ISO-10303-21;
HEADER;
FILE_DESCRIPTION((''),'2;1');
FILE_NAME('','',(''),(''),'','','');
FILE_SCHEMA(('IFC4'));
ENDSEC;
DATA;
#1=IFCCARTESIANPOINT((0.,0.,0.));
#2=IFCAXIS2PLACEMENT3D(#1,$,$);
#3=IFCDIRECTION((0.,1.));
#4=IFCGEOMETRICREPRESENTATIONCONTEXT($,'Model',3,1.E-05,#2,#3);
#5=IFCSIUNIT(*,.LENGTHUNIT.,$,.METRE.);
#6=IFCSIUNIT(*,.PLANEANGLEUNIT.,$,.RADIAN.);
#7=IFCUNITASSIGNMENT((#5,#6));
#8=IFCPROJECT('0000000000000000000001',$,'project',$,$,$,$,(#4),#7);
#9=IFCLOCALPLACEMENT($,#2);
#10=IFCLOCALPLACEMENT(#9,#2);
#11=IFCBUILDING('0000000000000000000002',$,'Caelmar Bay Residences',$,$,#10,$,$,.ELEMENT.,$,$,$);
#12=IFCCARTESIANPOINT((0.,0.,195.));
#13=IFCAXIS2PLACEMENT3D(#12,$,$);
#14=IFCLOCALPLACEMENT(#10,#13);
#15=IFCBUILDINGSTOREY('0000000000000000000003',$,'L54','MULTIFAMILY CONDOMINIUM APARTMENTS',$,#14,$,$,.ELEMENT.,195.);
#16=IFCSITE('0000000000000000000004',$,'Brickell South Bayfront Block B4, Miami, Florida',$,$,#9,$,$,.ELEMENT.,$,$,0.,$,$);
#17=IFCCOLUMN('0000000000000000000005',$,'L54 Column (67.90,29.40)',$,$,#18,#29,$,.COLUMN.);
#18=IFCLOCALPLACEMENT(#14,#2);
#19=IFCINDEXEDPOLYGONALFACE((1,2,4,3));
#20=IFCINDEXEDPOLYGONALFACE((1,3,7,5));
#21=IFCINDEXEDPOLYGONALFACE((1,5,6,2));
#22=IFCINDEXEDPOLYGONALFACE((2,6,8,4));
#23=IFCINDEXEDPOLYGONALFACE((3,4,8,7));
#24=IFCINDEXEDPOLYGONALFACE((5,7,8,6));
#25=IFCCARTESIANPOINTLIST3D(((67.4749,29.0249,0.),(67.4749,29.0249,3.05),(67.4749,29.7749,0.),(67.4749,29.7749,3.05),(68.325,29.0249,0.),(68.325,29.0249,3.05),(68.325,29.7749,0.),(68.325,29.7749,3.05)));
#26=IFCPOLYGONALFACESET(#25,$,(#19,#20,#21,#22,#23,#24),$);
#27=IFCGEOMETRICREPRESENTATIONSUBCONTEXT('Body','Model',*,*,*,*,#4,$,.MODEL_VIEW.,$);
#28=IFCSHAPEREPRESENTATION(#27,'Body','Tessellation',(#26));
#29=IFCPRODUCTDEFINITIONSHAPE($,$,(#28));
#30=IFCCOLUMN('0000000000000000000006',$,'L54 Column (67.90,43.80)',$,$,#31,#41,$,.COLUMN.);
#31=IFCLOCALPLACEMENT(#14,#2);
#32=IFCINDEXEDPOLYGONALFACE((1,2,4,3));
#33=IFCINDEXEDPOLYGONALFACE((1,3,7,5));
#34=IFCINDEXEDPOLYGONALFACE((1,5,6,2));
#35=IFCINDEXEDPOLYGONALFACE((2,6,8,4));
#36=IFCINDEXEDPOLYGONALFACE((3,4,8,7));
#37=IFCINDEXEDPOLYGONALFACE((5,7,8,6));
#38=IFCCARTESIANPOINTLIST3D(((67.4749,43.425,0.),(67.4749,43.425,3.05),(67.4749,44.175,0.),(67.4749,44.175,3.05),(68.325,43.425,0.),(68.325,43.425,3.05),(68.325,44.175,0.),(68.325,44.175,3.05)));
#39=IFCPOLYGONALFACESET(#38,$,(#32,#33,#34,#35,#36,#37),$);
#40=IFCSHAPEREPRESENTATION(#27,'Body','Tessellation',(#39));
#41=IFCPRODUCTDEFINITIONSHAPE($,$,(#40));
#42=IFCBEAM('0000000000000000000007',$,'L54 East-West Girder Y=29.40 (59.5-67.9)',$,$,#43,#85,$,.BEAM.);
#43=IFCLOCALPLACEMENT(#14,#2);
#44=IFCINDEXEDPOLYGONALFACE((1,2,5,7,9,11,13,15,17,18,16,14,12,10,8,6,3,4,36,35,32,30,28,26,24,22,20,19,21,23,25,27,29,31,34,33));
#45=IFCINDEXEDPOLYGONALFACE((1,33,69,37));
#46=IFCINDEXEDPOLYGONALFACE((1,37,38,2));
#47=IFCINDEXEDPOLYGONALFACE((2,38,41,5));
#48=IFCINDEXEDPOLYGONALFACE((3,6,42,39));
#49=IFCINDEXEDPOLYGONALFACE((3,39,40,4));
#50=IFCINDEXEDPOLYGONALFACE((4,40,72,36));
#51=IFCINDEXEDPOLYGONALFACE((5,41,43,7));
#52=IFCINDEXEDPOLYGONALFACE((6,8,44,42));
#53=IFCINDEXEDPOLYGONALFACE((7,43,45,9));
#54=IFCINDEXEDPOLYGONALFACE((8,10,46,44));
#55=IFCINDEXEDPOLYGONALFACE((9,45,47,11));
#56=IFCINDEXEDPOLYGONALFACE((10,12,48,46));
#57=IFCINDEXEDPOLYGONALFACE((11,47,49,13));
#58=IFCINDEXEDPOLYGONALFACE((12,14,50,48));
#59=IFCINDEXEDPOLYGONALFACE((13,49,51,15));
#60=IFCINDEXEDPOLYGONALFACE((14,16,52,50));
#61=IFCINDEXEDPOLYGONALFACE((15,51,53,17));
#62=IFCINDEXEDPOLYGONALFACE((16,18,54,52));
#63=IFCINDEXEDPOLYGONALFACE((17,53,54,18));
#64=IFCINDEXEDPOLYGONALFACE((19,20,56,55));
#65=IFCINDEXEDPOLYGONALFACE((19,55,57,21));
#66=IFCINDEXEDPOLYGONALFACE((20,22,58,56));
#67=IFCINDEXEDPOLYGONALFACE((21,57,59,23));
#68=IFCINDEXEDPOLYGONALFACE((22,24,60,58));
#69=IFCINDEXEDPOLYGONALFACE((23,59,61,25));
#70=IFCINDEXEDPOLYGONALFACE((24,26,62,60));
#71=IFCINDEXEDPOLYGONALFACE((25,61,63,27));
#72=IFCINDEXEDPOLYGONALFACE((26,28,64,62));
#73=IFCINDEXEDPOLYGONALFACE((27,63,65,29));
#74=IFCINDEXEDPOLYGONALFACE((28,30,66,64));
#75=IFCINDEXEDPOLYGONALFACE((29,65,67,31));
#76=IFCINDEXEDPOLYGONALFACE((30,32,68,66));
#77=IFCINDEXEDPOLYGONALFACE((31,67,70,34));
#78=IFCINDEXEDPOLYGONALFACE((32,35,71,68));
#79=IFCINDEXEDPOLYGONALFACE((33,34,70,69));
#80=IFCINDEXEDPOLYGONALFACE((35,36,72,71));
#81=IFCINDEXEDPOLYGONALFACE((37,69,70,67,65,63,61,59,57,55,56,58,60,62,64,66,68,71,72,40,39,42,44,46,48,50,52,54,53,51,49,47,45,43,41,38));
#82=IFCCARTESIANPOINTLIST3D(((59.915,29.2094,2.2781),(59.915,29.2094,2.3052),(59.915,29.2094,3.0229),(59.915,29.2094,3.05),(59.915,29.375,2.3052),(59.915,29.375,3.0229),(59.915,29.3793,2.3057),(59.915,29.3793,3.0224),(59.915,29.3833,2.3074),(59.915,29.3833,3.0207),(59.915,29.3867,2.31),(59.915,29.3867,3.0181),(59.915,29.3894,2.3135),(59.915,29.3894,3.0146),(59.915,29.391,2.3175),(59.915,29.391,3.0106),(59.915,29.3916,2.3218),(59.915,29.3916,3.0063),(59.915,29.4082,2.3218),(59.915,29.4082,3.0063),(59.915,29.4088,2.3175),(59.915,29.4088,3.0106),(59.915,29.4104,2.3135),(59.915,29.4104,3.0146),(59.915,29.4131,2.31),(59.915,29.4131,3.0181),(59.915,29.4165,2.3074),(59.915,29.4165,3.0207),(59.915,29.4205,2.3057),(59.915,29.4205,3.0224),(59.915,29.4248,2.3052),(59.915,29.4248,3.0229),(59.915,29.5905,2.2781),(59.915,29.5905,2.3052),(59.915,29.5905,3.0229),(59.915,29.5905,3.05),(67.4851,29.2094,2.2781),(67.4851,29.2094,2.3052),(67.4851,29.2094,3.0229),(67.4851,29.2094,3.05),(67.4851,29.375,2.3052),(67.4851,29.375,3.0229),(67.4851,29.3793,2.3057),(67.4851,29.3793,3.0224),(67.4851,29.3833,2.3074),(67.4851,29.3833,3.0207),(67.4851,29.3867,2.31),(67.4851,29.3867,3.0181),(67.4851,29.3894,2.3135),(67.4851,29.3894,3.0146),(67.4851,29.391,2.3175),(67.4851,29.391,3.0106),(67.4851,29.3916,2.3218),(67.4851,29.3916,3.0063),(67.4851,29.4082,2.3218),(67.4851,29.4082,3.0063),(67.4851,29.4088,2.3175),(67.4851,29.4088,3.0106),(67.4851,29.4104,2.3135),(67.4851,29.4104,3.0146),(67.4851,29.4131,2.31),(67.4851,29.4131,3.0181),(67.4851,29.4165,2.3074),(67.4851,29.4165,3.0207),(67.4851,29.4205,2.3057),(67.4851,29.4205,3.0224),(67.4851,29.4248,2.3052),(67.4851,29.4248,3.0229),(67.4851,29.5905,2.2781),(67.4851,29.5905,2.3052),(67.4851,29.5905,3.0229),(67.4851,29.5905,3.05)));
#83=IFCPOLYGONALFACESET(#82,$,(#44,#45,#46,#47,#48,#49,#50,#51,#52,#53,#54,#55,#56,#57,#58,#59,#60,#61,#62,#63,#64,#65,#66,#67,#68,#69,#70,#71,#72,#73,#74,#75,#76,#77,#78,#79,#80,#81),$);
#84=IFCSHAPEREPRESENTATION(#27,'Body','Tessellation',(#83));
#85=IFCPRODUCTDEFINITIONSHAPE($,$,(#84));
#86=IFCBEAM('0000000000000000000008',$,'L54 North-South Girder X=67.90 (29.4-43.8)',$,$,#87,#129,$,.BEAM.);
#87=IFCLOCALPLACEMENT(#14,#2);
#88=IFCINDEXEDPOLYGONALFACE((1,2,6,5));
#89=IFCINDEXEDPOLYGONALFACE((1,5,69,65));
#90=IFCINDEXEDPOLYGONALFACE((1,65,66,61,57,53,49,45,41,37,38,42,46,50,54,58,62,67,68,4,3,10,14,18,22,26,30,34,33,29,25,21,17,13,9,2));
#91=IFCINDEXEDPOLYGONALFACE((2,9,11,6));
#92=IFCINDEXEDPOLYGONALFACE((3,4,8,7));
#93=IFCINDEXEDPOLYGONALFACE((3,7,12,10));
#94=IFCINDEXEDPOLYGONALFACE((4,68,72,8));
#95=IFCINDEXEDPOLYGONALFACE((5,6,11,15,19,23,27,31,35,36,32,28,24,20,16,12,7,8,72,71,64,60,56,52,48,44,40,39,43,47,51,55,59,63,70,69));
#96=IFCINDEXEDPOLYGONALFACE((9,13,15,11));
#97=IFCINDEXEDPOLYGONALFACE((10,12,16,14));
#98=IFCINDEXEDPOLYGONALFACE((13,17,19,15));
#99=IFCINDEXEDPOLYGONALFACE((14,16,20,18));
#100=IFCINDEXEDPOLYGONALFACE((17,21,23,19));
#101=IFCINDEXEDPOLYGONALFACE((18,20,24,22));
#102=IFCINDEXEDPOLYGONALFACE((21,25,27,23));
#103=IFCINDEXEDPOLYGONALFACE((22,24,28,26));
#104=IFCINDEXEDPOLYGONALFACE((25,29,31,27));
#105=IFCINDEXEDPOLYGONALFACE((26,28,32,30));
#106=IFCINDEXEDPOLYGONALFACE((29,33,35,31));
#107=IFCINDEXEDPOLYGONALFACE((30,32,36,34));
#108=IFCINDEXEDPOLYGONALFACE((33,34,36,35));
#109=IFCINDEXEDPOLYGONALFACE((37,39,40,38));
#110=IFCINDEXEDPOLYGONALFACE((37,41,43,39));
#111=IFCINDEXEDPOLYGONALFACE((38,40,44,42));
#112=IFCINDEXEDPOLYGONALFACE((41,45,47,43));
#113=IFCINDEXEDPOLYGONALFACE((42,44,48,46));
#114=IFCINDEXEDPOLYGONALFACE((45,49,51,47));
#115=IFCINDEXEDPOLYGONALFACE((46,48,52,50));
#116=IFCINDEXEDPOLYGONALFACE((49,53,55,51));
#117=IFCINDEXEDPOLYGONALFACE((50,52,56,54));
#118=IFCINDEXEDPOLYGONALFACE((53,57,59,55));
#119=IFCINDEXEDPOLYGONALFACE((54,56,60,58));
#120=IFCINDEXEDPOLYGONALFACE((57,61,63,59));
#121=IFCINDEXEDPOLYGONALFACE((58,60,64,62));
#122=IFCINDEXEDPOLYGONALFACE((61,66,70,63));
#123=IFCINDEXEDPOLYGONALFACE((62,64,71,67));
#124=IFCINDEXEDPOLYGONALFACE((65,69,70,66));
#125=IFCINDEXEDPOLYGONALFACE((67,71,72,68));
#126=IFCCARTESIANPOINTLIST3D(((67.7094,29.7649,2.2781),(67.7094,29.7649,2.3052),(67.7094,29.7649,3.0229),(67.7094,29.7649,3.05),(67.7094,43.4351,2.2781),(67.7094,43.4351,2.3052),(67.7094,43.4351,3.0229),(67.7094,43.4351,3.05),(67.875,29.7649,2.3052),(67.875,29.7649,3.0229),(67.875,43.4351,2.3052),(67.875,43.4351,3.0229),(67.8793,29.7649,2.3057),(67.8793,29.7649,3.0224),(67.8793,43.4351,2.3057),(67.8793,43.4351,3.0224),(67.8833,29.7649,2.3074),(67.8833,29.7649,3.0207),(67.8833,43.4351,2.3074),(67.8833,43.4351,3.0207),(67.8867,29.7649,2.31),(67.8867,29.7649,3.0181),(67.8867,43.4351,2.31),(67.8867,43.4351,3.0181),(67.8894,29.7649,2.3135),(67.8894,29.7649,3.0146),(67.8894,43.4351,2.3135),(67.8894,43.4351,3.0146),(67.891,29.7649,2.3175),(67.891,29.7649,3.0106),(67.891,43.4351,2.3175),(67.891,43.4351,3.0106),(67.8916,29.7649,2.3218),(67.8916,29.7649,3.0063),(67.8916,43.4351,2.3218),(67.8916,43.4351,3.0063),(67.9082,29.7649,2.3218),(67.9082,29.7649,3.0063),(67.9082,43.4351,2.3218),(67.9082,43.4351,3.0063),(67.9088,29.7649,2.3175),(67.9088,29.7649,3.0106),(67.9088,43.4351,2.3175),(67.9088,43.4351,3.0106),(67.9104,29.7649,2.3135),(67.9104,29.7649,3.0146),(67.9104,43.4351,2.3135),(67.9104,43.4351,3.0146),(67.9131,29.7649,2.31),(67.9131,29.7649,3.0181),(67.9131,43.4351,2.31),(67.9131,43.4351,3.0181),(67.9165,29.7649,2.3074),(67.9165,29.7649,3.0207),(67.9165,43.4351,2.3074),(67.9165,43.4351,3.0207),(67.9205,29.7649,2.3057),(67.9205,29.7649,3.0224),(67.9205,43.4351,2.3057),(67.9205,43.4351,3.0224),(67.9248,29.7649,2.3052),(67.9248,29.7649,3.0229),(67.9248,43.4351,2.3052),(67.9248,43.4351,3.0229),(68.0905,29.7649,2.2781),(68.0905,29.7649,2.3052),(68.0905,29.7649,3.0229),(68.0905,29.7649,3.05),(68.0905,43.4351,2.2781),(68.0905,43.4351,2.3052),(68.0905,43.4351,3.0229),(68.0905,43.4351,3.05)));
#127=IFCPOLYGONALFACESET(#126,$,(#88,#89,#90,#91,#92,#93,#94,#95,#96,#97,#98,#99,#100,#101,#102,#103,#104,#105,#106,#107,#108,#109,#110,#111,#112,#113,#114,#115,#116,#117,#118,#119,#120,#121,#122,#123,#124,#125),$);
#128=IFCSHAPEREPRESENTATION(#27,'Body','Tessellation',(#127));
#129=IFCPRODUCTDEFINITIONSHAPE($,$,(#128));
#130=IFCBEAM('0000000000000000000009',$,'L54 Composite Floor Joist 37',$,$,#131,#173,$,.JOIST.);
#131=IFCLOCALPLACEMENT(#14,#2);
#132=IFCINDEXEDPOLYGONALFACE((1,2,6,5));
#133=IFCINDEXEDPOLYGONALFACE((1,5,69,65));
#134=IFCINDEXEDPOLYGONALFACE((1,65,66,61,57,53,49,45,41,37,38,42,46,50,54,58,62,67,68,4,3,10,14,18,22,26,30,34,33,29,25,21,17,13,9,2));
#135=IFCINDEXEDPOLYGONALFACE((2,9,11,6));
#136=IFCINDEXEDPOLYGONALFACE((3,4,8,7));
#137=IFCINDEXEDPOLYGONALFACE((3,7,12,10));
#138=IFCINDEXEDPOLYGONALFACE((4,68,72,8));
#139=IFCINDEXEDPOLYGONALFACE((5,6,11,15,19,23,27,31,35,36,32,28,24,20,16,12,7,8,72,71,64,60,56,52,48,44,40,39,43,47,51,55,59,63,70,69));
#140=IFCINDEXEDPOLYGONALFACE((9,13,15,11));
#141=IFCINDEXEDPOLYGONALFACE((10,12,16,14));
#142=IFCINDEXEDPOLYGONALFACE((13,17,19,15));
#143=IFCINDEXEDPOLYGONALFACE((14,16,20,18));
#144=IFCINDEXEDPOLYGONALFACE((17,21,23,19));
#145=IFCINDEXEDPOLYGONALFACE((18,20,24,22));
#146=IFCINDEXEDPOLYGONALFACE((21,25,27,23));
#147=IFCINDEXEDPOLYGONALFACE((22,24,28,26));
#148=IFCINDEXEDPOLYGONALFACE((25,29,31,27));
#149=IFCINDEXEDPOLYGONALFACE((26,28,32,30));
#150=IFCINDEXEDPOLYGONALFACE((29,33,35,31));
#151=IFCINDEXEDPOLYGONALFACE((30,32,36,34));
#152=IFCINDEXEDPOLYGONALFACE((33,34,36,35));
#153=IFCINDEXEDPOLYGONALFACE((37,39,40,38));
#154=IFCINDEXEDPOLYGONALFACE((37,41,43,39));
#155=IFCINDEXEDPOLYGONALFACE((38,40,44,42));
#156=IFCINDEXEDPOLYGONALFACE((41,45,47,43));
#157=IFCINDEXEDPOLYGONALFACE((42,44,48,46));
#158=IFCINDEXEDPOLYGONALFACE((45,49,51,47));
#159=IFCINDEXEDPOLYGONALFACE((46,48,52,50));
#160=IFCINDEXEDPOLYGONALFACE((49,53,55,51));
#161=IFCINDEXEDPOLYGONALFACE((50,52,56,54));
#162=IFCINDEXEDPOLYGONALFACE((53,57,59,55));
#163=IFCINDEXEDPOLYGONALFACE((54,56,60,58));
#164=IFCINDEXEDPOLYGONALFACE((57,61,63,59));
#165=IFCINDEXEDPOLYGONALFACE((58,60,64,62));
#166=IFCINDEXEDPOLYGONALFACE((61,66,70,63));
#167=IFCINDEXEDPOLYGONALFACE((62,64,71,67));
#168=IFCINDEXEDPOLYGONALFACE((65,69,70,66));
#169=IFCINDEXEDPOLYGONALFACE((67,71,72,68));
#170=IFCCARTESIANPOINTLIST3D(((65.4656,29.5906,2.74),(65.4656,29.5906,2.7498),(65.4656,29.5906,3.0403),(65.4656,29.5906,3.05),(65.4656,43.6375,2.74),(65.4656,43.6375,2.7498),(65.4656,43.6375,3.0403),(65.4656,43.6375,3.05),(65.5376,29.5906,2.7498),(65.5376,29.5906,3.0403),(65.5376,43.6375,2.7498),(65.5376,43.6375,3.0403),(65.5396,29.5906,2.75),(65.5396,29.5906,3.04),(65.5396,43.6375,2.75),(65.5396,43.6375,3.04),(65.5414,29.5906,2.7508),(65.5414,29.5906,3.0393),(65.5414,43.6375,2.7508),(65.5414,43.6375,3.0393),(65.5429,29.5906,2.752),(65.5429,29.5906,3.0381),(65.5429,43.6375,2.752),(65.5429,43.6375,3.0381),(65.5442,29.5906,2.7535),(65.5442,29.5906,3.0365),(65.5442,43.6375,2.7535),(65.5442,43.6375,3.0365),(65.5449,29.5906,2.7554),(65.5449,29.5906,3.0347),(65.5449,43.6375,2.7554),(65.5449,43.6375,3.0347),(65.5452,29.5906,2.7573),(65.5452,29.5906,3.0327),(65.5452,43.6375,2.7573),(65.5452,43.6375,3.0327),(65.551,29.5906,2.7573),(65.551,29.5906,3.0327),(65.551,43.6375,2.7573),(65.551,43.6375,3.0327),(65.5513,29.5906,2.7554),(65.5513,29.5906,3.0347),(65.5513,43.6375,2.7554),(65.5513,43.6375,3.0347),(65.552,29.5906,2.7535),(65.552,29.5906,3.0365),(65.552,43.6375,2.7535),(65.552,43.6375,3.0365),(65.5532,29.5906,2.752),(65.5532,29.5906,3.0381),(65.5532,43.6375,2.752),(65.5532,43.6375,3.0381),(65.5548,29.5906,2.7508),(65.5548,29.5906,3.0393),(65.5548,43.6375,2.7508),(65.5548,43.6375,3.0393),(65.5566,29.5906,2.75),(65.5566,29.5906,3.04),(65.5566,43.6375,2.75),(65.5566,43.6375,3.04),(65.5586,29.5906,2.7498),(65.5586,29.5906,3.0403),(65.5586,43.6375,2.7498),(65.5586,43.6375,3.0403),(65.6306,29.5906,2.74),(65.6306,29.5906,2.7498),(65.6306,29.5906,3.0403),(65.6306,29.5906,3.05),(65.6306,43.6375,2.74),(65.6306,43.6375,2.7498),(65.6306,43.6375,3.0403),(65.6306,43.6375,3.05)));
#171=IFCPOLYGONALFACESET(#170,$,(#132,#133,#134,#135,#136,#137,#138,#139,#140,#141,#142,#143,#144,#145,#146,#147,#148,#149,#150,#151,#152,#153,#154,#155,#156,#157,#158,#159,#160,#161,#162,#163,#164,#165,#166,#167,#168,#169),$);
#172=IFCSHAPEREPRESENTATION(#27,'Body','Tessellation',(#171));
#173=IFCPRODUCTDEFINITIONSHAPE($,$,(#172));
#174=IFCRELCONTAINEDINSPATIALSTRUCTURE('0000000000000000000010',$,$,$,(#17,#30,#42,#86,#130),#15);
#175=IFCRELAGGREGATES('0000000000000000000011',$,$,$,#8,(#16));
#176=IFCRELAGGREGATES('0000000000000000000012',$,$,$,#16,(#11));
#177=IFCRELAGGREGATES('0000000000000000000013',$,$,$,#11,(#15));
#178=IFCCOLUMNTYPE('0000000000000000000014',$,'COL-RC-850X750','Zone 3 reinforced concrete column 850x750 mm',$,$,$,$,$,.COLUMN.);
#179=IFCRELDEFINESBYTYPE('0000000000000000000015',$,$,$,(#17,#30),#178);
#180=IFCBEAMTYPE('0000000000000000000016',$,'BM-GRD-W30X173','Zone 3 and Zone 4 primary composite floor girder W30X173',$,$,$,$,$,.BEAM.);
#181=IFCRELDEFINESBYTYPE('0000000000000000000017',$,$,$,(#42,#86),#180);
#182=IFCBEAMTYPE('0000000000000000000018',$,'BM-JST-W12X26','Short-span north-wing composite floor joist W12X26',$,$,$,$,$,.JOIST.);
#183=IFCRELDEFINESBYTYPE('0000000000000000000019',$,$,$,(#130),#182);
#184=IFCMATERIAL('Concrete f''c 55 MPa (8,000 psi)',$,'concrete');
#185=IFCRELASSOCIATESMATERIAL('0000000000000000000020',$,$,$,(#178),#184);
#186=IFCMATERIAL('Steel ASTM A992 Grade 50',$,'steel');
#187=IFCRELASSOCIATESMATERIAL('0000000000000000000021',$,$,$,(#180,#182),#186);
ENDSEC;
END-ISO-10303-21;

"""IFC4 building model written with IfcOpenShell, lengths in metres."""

from ifc_helpers import new_model, si_unit, direction, frame, origin, origin_2d, place, context, subcontext, project, spatial, rectangle, i_section, extrude, material, material_profile, profile_set, type_object, element, save


model = new_model("IFC4")

# Units and contexts
model_context = context("Model", 3, precision=1e-05, world=origin(), true_north=direction((0.0, 1.0)))
body_context = subcontext(model_context, "Body", "Model", "MODEL_VIEW")
ifc_project = project(units=[si_unit("LENGTHUNIT", "METRE"), si_unit("PLANEANGLEUNIT", "RADIAN")], contexts=[model_context])

# Site, building, storey
site_placement = place(None, origin())
site = spatial("IfcSite", under=ifc_project, at=site_placement, Name="Brickell South Bayfront Block B4, Miami, Florida", CompositionType="ELEMENT", RefElevation=0.0)
building_placement = place(site_placement, origin())
building = spatial("IfcBuilding", under=site, at=building_placement, Name="Caelmar Bay Residences", CompositionType="ELEMENT")
storey_placement = place(building_placement, frame((0.0, 0.0, 195.0)))
storey = spatial("IfcBuildingStorey", under=building, at=storey_placement, Name="L54", Description="MULTIFAMILY CONDOMINIUM APARTMENTS", CompositionType="ELEMENT", Elevation=195.0)

# Columns
ifc_material_1 = material(Name="Concrete f'c 55 MPa (8,000 psi)", Category="concrete")
ifc_material_profile_1 = material_profile(ifc_material_1, rectangle(XDim=0.8501, YDim=0.75, at=origin_2d()), Name="RC-COL-850X750")
ifc_profile_set_1 = profile_set([ifc_material_profile_1], Name="Concrete f'c 55 MPa (8,000 psi)")
column_type = type_object("IfcColumnType", Name="COL-RC-850X750", Description="Zone 3 reinforced concrete column 850x750 mm", PredefinedType="COLUMN", material=ifc_profile_set_1)
for number, where, z_axis, x_axis, name in (
    (1, (67.8999, 29.3999, 0.0), (0.0, 0.0, 1.0), (1.0, 0.0, 0.0), "L54 Column (67.90,29.40)"),
    (2, (67.8999, 43.8, 0.0), (0.0, 0.0, 1.0), (1.0, 0.0, 0.0), "L54 Column (67.90,43.80)"),
):
    element("IfcColumn", number, at=place(storey_placement, frame(where, z_axis=z_axis, x_axis=x_axis)), inside=storey, type_object=column_type, Name=name, PredefinedType="COLUMN", context=body_context, shape_type="SweptSolid", body=[
        extrude(rectangle(XDim=0.8501, YDim=0.75, at=origin_2d()), origin(), (0.0, 0.0, 1.0), 3.05),
    ])

# Beams
ifc_material_2 = material(Name="Steel ASTM A992 Grade 50", Category="steel")
ifc_material_profile_2 = material_profile(ifc_material_2, i_section(OverallWidth=0.3811, OverallDepth=0.772, WebThickness=0.0166, FlangeThickness=0.0271, FilletRadius=0.0166, at=origin_2d()), Name="W30X173")
ifc_profile_set_2 = profile_set([ifc_material_profile_2], Name="Steel ASTM A992 Grade 50")
beam_type_1 = type_object("IfcBeamType", Name="BM-GRD-W30X173", Description="Zone 3 and Zone 4 primary composite floor girder W30X173", PredefinedType="BEAM", material=ifc_profile_set_2)
beam_1_placement = place(storey_placement, frame((59.915, 29.3999, 2.6641), z_axis=(1.0, 0.0, 0.0), x_axis=(0.0, 1.0, 0.0)))
element("IfcBeam", 3, at=beam_1_placement, inside=storey, type_object=beam_type_1, Name="L54 East-West Girder Y=29.40 (59.5-67.9)", PredefinedType="BEAM", context=body_context, shape_type="SweptSolid", body=[
    extrude(i_section(OverallWidth=0.3811, OverallDepth=0.772, WebThickness=0.0166, FlangeThickness=0.0271, FilletRadius=0.0166, at=origin_2d()), origin(), (0.0, 0.0, 1.0), 7.5701),
])
beam_2_placement = place(storey_placement, frame((67.8999, 29.7649, 2.6641), z_axis=(0.0, 1.0, 0.0), x_axis=(-1.0, 0.0, 0.0)))
element("IfcBeam", 4, at=beam_2_placement, inside=storey, type_object=beam_type_1, Name="L54 North-South Girder X=67.90 (29.4-43.8)", PredefinedType="BEAM", context=body_context, shape_type="SweptSolid", body=[
    extrude(i_section(OverallWidth=0.3811, OverallDepth=0.772, WebThickness=0.0166, FlangeThickness=0.0271, FilletRadius=0.0166, at=origin_2d()), origin(), (0.0, 0.0, 1.0), 13.6702),
])
ifc_material_profile_3 = material_profile(ifc_material_2, i_section(OverallWidth=0.165, OverallDepth=0.3101, WebThickness=0.0059, FlangeThickness=0.0098, FilletRadius=0.0076, at=origin_2d()), Name="W12X26")
ifc_profile_set_3 = profile_set([ifc_material_profile_3], Name="Steel ASTM A992 Grade 50")
beam_type_2 = type_object("IfcBeamType", Name="BM-JST-W12X26", Description="Short-span north-wing composite floor joist W12X26", PredefinedType="JOIST", material=ifc_profile_set_3)
beam_3_placement = place(storey_placement, frame((65.5481, 29.5906, 2.895), z_axis=(0.0, 1.0, 0.0), x_axis=(-1.0, 0.0, 0.0)))
element("IfcBeam", 5, at=beam_3_placement, inside=storey, type_object=beam_type_2, Name="L54 Composite Floor Joist 37", PredefinedType="JOIST", context=body_context, shape_type="SweptSolid", body=[
    extrude(i_section(OverallWidth=0.165, OverallDepth=0.3101, WebThickness=0.0059, FlangeThickness=0.0098, FilletRadius=0.0076, at=origin_2d()), origin(), (0.0, 0.0, 1.0), 14.0469),
])

save(model, "model.ifc")
